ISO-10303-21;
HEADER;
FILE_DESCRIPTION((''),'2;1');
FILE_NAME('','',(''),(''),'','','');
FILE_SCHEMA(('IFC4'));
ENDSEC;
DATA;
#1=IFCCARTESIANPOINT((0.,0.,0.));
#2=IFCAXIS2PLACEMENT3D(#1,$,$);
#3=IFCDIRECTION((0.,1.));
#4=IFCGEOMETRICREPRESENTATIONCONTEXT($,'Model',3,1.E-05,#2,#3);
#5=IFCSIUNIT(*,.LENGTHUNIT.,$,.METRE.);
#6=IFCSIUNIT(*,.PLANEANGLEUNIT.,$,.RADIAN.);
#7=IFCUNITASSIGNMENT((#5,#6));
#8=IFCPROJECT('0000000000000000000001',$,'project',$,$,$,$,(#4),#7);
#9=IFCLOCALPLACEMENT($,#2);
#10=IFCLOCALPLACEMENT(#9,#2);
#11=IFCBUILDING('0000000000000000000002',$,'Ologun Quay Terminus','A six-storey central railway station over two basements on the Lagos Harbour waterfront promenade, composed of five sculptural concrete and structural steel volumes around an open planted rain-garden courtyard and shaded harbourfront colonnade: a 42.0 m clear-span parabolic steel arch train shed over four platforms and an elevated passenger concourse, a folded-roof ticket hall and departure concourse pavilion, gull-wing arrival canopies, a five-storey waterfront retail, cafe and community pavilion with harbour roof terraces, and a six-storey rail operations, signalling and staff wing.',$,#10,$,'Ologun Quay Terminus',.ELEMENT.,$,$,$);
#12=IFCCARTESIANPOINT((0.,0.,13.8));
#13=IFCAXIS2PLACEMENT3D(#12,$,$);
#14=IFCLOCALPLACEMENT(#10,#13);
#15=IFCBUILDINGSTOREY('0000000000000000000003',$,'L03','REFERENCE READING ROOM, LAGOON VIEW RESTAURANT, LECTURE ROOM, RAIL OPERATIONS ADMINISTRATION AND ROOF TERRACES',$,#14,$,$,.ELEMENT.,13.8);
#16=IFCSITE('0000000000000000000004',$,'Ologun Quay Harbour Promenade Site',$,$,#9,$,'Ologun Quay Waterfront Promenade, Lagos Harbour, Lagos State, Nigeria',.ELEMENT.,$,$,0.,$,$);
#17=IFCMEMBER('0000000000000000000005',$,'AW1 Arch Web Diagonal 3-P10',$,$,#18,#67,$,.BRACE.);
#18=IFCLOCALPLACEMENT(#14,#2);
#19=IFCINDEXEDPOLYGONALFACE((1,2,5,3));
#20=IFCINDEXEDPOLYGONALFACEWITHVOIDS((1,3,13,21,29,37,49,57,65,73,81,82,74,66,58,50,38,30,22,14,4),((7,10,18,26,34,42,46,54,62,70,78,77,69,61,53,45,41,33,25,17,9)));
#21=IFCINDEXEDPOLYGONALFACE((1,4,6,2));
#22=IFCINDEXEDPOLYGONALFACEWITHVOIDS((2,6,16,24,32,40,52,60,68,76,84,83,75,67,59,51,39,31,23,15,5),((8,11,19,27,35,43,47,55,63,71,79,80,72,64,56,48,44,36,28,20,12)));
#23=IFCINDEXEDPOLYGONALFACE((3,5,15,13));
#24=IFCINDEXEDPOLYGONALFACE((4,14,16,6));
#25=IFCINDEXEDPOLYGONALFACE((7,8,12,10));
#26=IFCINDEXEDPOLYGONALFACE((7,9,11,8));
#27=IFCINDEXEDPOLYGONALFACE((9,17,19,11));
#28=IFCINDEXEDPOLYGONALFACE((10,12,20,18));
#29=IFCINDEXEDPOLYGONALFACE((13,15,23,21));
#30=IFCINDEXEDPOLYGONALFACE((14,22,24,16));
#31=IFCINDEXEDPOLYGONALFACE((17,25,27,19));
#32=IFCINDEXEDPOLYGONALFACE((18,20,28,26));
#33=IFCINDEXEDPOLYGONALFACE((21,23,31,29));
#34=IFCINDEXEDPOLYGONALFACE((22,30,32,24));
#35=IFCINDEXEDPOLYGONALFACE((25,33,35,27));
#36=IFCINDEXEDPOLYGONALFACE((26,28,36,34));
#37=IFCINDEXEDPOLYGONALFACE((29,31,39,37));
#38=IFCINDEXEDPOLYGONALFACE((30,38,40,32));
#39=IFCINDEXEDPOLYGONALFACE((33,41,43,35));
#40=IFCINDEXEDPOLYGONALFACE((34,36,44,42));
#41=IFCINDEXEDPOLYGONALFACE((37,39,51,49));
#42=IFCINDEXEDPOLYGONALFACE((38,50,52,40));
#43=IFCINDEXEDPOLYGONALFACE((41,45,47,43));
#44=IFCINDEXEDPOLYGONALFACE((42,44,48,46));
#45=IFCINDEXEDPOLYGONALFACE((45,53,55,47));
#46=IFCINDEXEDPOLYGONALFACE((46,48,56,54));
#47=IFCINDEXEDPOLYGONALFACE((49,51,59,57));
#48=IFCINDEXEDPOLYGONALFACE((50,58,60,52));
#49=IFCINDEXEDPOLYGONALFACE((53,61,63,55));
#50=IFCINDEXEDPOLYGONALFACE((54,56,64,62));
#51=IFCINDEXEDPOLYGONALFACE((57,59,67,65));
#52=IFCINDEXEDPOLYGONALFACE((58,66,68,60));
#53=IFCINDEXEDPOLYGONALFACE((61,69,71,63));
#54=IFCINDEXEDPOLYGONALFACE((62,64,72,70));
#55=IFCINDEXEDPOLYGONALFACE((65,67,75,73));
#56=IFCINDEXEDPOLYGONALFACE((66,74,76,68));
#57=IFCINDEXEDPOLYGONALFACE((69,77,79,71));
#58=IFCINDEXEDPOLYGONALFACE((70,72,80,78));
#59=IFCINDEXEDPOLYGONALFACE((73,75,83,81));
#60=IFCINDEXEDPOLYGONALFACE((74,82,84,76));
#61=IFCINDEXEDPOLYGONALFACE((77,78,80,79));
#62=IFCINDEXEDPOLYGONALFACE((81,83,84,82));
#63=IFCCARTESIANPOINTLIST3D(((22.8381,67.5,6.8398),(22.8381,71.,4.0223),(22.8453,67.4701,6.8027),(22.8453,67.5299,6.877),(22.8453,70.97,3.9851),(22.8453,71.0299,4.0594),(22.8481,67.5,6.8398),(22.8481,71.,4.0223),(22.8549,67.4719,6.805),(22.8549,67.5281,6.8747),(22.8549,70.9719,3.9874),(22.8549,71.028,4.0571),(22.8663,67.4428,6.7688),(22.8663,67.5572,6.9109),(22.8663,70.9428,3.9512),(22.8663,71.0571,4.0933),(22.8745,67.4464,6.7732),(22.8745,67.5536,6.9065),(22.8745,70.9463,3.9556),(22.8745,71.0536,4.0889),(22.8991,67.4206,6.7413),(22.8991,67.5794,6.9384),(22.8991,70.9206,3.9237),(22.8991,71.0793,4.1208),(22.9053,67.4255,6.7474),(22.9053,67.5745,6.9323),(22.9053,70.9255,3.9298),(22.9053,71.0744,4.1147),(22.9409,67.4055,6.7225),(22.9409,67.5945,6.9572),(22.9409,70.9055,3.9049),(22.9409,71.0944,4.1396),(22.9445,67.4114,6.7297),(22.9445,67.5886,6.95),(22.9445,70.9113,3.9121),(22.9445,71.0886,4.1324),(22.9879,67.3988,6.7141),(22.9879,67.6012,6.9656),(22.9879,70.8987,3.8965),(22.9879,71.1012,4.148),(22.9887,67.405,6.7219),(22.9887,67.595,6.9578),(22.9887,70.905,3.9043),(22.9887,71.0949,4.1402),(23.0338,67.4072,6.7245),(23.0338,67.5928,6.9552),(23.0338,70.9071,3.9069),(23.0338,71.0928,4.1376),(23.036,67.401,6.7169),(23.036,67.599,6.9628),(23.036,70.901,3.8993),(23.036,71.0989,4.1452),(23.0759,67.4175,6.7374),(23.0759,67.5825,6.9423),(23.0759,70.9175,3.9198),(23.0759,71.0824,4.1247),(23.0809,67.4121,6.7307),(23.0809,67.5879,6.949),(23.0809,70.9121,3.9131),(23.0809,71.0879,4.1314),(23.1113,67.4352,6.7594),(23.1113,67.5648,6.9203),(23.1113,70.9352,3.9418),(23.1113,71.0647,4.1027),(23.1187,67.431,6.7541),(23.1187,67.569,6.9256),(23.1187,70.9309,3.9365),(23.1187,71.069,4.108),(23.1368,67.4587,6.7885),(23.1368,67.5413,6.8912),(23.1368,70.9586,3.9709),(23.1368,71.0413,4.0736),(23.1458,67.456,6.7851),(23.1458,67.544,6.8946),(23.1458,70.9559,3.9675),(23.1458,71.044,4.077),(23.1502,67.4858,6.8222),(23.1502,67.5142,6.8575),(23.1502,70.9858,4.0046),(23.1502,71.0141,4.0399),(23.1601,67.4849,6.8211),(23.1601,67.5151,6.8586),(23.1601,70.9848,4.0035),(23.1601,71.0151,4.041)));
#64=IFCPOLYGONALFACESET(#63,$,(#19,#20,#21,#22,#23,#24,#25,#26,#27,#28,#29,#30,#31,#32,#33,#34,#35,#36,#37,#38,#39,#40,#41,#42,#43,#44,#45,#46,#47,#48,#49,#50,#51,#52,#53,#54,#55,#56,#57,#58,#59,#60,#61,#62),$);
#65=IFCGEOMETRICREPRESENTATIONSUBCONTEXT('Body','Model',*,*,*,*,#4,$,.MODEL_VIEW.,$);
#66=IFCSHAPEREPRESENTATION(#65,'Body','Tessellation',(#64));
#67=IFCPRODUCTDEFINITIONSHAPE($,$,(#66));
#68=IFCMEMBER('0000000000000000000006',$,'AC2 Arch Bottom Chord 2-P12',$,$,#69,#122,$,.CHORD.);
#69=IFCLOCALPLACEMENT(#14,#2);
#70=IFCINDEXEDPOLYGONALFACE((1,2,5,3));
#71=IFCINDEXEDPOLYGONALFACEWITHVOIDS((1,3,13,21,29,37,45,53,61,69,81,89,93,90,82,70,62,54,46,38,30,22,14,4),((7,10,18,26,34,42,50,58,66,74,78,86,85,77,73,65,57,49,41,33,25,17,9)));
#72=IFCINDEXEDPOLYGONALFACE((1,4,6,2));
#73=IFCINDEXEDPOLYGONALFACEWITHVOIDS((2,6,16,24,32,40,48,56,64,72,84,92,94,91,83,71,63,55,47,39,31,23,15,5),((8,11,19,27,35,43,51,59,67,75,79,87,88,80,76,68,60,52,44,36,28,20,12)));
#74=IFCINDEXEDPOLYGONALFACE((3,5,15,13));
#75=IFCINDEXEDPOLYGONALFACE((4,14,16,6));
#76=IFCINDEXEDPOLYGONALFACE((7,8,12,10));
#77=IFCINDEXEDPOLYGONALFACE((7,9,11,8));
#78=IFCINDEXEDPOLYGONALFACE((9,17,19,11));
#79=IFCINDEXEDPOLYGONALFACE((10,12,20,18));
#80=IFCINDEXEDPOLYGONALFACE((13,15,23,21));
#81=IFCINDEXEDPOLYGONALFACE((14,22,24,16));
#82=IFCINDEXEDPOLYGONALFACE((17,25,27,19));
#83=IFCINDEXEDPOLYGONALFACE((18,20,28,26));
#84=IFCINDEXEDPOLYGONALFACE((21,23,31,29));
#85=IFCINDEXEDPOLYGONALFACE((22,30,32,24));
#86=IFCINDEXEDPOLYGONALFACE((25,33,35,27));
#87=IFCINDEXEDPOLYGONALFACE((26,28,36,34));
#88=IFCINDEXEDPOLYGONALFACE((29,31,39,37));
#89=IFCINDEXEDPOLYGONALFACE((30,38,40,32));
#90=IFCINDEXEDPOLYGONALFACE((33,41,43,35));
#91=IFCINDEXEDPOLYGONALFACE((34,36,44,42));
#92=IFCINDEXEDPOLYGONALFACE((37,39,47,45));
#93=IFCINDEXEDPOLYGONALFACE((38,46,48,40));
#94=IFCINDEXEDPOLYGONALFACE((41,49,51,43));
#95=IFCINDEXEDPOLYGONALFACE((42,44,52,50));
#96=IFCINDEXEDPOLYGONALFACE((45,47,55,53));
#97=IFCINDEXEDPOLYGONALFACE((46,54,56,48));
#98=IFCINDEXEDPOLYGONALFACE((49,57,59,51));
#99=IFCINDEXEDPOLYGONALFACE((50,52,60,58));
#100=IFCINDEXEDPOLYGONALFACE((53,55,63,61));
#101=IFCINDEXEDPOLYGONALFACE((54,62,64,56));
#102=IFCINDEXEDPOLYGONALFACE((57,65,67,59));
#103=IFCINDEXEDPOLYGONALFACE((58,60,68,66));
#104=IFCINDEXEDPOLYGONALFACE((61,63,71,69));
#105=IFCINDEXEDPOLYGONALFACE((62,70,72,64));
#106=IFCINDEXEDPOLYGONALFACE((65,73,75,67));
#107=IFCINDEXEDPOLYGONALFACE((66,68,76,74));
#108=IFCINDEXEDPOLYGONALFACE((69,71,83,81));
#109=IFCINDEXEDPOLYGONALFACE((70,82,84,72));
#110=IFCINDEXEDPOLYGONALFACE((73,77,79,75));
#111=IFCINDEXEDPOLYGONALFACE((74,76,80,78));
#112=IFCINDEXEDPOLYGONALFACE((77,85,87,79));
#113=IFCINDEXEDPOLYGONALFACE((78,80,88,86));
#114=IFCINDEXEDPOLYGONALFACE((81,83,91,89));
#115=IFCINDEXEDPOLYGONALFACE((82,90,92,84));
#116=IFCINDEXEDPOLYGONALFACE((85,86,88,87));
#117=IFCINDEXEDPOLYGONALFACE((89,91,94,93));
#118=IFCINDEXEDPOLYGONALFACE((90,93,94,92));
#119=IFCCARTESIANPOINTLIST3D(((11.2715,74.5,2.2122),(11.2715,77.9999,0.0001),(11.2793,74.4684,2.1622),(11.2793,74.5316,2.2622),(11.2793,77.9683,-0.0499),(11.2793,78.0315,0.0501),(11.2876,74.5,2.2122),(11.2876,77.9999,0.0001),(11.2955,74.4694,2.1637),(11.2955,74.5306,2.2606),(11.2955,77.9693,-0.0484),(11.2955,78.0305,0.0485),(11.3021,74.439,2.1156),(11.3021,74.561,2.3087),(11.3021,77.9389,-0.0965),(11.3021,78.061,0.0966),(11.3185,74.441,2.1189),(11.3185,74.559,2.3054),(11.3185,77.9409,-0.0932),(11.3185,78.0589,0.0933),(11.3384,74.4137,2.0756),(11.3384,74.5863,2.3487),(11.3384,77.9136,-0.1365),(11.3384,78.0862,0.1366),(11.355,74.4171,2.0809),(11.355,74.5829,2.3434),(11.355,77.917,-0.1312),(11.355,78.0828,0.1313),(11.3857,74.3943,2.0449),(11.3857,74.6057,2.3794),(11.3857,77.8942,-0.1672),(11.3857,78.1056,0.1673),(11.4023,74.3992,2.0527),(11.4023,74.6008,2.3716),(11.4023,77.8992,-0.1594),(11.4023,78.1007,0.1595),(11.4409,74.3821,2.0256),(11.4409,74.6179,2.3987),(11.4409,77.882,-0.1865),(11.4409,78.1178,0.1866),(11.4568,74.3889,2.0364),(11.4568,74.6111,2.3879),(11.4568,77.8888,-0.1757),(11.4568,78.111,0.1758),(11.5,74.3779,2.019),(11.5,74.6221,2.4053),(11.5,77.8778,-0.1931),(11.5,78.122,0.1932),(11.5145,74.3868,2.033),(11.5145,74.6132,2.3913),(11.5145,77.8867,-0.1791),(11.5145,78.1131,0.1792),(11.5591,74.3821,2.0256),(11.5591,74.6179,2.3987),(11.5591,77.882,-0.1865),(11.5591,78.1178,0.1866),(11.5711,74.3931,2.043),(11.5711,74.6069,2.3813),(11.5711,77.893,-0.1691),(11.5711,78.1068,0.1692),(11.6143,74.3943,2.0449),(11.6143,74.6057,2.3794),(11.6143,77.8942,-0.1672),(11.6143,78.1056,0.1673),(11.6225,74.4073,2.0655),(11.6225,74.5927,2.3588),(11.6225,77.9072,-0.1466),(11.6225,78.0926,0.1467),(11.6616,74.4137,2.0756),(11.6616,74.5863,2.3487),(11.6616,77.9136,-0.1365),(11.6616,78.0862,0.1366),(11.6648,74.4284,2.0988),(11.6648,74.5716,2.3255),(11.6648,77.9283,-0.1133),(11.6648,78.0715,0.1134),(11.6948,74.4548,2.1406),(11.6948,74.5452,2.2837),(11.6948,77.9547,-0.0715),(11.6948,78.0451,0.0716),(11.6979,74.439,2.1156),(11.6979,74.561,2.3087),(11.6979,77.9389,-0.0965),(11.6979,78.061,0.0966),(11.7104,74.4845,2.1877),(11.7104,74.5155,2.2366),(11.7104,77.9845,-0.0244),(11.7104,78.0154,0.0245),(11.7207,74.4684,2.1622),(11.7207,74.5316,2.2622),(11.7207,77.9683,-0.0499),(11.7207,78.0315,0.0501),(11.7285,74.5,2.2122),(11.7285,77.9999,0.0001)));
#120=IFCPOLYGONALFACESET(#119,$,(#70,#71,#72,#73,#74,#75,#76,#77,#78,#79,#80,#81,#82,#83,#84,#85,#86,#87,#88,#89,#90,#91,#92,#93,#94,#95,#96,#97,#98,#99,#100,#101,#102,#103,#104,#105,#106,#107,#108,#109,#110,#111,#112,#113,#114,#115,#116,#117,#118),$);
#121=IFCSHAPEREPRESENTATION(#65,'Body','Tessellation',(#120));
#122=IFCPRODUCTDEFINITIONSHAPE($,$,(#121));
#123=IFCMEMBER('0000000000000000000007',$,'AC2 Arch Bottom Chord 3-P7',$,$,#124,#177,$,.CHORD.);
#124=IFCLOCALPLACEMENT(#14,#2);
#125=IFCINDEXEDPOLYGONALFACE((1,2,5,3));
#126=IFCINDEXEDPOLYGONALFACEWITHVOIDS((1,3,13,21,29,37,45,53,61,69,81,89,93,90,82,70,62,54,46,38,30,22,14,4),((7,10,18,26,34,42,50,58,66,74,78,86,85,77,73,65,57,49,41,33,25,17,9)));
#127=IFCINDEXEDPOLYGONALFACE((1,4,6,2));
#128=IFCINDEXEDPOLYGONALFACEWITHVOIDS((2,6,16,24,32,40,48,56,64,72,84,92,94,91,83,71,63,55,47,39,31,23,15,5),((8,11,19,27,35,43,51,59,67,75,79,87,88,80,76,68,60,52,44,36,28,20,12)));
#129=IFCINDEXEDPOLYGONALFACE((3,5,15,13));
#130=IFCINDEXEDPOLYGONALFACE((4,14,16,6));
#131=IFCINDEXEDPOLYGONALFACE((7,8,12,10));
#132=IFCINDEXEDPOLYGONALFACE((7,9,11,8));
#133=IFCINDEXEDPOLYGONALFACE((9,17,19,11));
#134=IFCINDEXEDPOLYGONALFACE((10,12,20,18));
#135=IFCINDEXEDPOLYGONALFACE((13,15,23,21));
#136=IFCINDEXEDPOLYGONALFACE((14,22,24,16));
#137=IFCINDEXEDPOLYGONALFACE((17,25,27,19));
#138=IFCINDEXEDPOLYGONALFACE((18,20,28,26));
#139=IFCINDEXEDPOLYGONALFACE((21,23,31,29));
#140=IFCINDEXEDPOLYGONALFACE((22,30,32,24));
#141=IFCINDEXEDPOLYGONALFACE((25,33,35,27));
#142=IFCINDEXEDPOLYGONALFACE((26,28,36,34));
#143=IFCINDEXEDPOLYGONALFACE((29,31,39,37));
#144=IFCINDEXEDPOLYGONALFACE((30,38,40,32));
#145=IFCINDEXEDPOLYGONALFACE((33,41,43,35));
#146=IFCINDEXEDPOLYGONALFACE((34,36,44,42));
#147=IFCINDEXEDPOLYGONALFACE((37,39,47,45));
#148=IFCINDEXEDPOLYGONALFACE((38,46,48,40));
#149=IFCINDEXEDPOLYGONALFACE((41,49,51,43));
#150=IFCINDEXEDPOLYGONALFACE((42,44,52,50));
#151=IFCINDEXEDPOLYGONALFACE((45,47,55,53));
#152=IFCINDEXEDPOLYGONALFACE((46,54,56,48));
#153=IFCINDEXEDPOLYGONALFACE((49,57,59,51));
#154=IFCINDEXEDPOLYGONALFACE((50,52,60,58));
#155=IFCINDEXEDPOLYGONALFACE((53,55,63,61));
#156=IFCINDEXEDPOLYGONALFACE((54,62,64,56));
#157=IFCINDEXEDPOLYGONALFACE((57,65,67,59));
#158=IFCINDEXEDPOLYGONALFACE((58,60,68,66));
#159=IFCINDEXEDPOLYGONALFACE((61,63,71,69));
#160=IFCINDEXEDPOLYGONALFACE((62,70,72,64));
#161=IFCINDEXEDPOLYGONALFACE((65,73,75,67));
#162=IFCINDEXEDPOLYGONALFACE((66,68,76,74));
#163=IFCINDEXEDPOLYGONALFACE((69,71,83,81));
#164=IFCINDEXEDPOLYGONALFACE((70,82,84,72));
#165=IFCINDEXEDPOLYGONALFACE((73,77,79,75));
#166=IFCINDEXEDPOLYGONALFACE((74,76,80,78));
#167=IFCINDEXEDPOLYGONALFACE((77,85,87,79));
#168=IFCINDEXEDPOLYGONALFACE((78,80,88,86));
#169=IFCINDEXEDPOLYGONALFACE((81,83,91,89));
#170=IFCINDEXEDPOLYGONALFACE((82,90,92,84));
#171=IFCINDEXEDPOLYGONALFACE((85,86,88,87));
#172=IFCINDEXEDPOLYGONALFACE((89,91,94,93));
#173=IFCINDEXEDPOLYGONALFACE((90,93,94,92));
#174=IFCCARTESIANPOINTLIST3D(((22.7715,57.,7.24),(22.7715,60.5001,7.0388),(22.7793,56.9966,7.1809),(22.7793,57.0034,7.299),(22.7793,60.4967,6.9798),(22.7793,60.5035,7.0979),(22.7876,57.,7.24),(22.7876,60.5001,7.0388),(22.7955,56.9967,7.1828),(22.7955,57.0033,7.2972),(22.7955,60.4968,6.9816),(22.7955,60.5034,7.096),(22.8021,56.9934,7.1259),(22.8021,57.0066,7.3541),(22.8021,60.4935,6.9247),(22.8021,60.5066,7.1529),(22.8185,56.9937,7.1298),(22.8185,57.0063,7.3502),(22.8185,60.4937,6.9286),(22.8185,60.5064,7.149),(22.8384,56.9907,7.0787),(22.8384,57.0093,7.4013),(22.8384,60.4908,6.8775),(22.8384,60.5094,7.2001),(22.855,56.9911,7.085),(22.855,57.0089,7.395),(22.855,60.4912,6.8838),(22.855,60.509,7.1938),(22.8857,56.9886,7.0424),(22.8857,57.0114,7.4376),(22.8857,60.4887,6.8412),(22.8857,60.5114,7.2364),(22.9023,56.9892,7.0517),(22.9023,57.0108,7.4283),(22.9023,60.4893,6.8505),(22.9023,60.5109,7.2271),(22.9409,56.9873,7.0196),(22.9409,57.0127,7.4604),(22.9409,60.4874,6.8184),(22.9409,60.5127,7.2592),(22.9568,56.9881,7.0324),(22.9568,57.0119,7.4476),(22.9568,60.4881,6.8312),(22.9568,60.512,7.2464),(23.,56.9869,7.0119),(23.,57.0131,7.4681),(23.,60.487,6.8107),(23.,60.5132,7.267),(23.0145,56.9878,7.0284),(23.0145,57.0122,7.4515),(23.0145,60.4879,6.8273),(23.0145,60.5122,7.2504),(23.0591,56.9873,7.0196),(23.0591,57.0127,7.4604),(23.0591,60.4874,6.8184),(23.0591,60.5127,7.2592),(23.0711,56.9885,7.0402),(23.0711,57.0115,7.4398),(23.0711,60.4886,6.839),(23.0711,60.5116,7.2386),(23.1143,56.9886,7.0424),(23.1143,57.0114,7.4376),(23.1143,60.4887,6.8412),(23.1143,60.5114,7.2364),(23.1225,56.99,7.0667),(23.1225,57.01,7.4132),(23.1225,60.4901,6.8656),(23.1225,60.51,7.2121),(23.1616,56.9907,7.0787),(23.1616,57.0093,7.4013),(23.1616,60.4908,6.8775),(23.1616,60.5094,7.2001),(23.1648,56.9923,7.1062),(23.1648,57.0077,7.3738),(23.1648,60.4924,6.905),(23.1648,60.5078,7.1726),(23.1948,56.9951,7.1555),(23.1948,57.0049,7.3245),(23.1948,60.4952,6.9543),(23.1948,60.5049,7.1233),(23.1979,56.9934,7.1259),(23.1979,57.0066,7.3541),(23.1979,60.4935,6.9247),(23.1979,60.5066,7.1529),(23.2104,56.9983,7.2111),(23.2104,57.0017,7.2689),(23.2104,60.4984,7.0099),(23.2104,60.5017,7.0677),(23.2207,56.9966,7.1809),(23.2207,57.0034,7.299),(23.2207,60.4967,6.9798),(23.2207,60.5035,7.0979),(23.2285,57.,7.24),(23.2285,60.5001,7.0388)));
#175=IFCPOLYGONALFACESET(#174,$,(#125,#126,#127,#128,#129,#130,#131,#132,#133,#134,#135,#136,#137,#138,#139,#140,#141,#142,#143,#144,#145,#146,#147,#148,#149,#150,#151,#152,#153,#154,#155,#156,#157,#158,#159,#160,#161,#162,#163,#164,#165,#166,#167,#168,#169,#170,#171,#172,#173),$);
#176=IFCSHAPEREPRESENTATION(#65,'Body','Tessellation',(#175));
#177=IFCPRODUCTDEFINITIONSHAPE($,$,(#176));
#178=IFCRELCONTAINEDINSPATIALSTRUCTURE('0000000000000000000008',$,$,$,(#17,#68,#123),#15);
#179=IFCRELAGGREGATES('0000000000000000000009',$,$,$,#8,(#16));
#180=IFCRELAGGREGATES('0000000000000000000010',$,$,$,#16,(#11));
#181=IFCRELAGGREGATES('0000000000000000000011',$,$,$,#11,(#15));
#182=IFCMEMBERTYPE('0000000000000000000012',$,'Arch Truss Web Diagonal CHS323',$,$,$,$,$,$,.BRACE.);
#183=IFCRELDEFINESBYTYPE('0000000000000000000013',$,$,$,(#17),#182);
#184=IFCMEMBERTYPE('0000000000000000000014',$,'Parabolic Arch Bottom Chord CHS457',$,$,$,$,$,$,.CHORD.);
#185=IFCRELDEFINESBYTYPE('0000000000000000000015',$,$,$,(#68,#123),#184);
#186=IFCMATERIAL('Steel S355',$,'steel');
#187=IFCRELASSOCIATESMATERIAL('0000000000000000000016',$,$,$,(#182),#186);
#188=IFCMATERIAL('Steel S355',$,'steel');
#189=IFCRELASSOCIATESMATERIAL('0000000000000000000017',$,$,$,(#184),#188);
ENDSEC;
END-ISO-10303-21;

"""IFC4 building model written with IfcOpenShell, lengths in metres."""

from ifc_helpers import new_model, si_unit, direction, frame, origin, origin_2d, place, context, subcontext, project, spatial, hollow_circle, extrude, material, material_profile, profile_set, type_object, element, save


model = new_model("IFC4")

# Units and contexts
model_context = context("Model", 3, precision=1e-05, world=origin(), true_north=direction((0.0, 1.0)))
body_context = subcontext(model_context, "Body", "Model", "MODEL_VIEW")
ifc_project = project(units=[si_unit("LENGTHUNIT", "METRE"), si_unit("PLANEANGLEUNIT", "RADIAN")], contexts=[model_context])

# Site, building, storey
site_placement = place(None, origin())
site = spatial("IfcSite", under=ifc_project, at=site_placement, Name="Ologun Quay Harbour Promenade Site", LongName="Ologun Quay Waterfront Promenade, Lagos Harbour, Lagos State, Nigeria", CompositionType="ELEMENT", RefElevation=0.0)
building_placement = place(site_placement, origin())
building = spatial("IfcBuilding", under=site, at=building_placement, Name="Ologun Quay Terminus", Description="A six-storey central railway station over two basements on the Lagos Harbour waterfront promenade, composed of five sculptural concrete and structural steel volumes around an open planted rain-garden courtyard and shaded harbourfront colonnade: a 42.0 m clear-span parabolic steel arch train shed over four platforms and an elevated passenger concourse, a folded-roof ticket hall and departure concourse pavilion, gull-wing arrival canopies, a five-storey waterfront retail, cafe and community pavilion with harbour roof terraces, and a six-storey rail operations, signalling and staff wing.", LongName="Ologun Quay Terminus", CompositionType="ELEMENT")
storey_placement = place(building_placement, frame((0.0, 0.0, 13.8)))
storey = spatial("IfcBuildingStorey", under=building, at=storey_placement, Name="L03", Description="REFERENCE READING ROOM, LAGOON VIEW RESTAURANT, LECTURE ROOM, RAIL OPERATIONS ADMINISTRATION AND ROOF TERRACES", CompositionType="ELEMENT", Elevation=13.8)

# Members
ifc_material_1 = material(Name="Steel S355", Category="steel")
ifc_material_profile_1 = material_profile(ifc_material_1, hollow_circle(Radius=0.1619, WallThickness=0.01, at=origin_2d()), Name="CHS 323.9x10")
ifc_profile_set_1 = profile_set([ifc_material_profile_1], Name="Steel S355")
member_type_1 = type_object("IfcMemberType", Name="Arch Truss Web Diagonal CHS323", PredefinedType="BRACE", material=ifc_profile_set_1)
member_1_placement = place(storey_placement, frame((23.0, 67.5, 6.8398), z_axis=(0.0, 0.778951, -0.627084), x_axis=(-1.0, 0.0, 0.0)))
element("IfcMember", 1, at=member_1_placement, inside=storey, type_object=member_type_1, Name="AW1 Arch Web Diagonal 3-P10", PredefinedType="BRACE", context=body_context, shape_type="SweptSolid", body=[
    extrude(hollow_circle(Radius=0.1619, WallThickness=0.01, at=origin_2d()), origin(), (0.0, 0.0, 1.0), 4.4932),
])
ifc_material_2 = material(Name="Steel S355", Category="steel")
ifc_material_profile_2 = material_profile(ifc_material_2, hollow_circle(Radius=0.2285, WallThickness=0.0161, at=origin_2d()), Name="CHS 457x16")
ifc_profile_set_2 = profile_set([ifc_material_profile_2], Name="Steel S355")
member_type_2 = type_object("IfcMemberType", Name="Parabolic Arch Bottom Chord CHS457", PredefinedType="CHORD", material=ifc_profile_set_2)
member_2_placement = place(storey_placement, frame((11.5, 74.5, 2.2122), z_axis=(0.0, 0.845311, -0.534275), x_axis=(-1.0, 0.0, 0.0)))
element("IfcMember", 2, at=member_2_placement, inside=storey, type_object=member_type_2, Name="AC2 Arch Bottom Chord 2-P12", PredefinedType="CHORD", context=body_context, shape_type="SweptSolid", body=[
    extrude(hollow_circle(Radius=0.2285, WallThickness=0.0161, at=origin_2d()), origin(), (0.0, 0.0, 1.0), 4.1404),
])
member_3_placement = place(storey_placement, frame((23.0, 57.0, 7.24), z_axis=(0.0, 0.998352, -0.057383), x_axis=(-1.0, 0.0, 0.0)))
element("IfcMember", 3, at=member_3_placement, inside=storey, type_object=member_type_2, Name="AC2 Arch Bottom Chord 3-P7", PredefinedType="CHORD", context=body_context, shape_type="SweptSolid", body=[
    extrude(hollow_circle(Radius=0.2285, WallThickness=0.0161, at=origin_2d()), origin(), (0.0, 0.0, 1.0), 3.5059),
])

save(model, "model.ifc")
